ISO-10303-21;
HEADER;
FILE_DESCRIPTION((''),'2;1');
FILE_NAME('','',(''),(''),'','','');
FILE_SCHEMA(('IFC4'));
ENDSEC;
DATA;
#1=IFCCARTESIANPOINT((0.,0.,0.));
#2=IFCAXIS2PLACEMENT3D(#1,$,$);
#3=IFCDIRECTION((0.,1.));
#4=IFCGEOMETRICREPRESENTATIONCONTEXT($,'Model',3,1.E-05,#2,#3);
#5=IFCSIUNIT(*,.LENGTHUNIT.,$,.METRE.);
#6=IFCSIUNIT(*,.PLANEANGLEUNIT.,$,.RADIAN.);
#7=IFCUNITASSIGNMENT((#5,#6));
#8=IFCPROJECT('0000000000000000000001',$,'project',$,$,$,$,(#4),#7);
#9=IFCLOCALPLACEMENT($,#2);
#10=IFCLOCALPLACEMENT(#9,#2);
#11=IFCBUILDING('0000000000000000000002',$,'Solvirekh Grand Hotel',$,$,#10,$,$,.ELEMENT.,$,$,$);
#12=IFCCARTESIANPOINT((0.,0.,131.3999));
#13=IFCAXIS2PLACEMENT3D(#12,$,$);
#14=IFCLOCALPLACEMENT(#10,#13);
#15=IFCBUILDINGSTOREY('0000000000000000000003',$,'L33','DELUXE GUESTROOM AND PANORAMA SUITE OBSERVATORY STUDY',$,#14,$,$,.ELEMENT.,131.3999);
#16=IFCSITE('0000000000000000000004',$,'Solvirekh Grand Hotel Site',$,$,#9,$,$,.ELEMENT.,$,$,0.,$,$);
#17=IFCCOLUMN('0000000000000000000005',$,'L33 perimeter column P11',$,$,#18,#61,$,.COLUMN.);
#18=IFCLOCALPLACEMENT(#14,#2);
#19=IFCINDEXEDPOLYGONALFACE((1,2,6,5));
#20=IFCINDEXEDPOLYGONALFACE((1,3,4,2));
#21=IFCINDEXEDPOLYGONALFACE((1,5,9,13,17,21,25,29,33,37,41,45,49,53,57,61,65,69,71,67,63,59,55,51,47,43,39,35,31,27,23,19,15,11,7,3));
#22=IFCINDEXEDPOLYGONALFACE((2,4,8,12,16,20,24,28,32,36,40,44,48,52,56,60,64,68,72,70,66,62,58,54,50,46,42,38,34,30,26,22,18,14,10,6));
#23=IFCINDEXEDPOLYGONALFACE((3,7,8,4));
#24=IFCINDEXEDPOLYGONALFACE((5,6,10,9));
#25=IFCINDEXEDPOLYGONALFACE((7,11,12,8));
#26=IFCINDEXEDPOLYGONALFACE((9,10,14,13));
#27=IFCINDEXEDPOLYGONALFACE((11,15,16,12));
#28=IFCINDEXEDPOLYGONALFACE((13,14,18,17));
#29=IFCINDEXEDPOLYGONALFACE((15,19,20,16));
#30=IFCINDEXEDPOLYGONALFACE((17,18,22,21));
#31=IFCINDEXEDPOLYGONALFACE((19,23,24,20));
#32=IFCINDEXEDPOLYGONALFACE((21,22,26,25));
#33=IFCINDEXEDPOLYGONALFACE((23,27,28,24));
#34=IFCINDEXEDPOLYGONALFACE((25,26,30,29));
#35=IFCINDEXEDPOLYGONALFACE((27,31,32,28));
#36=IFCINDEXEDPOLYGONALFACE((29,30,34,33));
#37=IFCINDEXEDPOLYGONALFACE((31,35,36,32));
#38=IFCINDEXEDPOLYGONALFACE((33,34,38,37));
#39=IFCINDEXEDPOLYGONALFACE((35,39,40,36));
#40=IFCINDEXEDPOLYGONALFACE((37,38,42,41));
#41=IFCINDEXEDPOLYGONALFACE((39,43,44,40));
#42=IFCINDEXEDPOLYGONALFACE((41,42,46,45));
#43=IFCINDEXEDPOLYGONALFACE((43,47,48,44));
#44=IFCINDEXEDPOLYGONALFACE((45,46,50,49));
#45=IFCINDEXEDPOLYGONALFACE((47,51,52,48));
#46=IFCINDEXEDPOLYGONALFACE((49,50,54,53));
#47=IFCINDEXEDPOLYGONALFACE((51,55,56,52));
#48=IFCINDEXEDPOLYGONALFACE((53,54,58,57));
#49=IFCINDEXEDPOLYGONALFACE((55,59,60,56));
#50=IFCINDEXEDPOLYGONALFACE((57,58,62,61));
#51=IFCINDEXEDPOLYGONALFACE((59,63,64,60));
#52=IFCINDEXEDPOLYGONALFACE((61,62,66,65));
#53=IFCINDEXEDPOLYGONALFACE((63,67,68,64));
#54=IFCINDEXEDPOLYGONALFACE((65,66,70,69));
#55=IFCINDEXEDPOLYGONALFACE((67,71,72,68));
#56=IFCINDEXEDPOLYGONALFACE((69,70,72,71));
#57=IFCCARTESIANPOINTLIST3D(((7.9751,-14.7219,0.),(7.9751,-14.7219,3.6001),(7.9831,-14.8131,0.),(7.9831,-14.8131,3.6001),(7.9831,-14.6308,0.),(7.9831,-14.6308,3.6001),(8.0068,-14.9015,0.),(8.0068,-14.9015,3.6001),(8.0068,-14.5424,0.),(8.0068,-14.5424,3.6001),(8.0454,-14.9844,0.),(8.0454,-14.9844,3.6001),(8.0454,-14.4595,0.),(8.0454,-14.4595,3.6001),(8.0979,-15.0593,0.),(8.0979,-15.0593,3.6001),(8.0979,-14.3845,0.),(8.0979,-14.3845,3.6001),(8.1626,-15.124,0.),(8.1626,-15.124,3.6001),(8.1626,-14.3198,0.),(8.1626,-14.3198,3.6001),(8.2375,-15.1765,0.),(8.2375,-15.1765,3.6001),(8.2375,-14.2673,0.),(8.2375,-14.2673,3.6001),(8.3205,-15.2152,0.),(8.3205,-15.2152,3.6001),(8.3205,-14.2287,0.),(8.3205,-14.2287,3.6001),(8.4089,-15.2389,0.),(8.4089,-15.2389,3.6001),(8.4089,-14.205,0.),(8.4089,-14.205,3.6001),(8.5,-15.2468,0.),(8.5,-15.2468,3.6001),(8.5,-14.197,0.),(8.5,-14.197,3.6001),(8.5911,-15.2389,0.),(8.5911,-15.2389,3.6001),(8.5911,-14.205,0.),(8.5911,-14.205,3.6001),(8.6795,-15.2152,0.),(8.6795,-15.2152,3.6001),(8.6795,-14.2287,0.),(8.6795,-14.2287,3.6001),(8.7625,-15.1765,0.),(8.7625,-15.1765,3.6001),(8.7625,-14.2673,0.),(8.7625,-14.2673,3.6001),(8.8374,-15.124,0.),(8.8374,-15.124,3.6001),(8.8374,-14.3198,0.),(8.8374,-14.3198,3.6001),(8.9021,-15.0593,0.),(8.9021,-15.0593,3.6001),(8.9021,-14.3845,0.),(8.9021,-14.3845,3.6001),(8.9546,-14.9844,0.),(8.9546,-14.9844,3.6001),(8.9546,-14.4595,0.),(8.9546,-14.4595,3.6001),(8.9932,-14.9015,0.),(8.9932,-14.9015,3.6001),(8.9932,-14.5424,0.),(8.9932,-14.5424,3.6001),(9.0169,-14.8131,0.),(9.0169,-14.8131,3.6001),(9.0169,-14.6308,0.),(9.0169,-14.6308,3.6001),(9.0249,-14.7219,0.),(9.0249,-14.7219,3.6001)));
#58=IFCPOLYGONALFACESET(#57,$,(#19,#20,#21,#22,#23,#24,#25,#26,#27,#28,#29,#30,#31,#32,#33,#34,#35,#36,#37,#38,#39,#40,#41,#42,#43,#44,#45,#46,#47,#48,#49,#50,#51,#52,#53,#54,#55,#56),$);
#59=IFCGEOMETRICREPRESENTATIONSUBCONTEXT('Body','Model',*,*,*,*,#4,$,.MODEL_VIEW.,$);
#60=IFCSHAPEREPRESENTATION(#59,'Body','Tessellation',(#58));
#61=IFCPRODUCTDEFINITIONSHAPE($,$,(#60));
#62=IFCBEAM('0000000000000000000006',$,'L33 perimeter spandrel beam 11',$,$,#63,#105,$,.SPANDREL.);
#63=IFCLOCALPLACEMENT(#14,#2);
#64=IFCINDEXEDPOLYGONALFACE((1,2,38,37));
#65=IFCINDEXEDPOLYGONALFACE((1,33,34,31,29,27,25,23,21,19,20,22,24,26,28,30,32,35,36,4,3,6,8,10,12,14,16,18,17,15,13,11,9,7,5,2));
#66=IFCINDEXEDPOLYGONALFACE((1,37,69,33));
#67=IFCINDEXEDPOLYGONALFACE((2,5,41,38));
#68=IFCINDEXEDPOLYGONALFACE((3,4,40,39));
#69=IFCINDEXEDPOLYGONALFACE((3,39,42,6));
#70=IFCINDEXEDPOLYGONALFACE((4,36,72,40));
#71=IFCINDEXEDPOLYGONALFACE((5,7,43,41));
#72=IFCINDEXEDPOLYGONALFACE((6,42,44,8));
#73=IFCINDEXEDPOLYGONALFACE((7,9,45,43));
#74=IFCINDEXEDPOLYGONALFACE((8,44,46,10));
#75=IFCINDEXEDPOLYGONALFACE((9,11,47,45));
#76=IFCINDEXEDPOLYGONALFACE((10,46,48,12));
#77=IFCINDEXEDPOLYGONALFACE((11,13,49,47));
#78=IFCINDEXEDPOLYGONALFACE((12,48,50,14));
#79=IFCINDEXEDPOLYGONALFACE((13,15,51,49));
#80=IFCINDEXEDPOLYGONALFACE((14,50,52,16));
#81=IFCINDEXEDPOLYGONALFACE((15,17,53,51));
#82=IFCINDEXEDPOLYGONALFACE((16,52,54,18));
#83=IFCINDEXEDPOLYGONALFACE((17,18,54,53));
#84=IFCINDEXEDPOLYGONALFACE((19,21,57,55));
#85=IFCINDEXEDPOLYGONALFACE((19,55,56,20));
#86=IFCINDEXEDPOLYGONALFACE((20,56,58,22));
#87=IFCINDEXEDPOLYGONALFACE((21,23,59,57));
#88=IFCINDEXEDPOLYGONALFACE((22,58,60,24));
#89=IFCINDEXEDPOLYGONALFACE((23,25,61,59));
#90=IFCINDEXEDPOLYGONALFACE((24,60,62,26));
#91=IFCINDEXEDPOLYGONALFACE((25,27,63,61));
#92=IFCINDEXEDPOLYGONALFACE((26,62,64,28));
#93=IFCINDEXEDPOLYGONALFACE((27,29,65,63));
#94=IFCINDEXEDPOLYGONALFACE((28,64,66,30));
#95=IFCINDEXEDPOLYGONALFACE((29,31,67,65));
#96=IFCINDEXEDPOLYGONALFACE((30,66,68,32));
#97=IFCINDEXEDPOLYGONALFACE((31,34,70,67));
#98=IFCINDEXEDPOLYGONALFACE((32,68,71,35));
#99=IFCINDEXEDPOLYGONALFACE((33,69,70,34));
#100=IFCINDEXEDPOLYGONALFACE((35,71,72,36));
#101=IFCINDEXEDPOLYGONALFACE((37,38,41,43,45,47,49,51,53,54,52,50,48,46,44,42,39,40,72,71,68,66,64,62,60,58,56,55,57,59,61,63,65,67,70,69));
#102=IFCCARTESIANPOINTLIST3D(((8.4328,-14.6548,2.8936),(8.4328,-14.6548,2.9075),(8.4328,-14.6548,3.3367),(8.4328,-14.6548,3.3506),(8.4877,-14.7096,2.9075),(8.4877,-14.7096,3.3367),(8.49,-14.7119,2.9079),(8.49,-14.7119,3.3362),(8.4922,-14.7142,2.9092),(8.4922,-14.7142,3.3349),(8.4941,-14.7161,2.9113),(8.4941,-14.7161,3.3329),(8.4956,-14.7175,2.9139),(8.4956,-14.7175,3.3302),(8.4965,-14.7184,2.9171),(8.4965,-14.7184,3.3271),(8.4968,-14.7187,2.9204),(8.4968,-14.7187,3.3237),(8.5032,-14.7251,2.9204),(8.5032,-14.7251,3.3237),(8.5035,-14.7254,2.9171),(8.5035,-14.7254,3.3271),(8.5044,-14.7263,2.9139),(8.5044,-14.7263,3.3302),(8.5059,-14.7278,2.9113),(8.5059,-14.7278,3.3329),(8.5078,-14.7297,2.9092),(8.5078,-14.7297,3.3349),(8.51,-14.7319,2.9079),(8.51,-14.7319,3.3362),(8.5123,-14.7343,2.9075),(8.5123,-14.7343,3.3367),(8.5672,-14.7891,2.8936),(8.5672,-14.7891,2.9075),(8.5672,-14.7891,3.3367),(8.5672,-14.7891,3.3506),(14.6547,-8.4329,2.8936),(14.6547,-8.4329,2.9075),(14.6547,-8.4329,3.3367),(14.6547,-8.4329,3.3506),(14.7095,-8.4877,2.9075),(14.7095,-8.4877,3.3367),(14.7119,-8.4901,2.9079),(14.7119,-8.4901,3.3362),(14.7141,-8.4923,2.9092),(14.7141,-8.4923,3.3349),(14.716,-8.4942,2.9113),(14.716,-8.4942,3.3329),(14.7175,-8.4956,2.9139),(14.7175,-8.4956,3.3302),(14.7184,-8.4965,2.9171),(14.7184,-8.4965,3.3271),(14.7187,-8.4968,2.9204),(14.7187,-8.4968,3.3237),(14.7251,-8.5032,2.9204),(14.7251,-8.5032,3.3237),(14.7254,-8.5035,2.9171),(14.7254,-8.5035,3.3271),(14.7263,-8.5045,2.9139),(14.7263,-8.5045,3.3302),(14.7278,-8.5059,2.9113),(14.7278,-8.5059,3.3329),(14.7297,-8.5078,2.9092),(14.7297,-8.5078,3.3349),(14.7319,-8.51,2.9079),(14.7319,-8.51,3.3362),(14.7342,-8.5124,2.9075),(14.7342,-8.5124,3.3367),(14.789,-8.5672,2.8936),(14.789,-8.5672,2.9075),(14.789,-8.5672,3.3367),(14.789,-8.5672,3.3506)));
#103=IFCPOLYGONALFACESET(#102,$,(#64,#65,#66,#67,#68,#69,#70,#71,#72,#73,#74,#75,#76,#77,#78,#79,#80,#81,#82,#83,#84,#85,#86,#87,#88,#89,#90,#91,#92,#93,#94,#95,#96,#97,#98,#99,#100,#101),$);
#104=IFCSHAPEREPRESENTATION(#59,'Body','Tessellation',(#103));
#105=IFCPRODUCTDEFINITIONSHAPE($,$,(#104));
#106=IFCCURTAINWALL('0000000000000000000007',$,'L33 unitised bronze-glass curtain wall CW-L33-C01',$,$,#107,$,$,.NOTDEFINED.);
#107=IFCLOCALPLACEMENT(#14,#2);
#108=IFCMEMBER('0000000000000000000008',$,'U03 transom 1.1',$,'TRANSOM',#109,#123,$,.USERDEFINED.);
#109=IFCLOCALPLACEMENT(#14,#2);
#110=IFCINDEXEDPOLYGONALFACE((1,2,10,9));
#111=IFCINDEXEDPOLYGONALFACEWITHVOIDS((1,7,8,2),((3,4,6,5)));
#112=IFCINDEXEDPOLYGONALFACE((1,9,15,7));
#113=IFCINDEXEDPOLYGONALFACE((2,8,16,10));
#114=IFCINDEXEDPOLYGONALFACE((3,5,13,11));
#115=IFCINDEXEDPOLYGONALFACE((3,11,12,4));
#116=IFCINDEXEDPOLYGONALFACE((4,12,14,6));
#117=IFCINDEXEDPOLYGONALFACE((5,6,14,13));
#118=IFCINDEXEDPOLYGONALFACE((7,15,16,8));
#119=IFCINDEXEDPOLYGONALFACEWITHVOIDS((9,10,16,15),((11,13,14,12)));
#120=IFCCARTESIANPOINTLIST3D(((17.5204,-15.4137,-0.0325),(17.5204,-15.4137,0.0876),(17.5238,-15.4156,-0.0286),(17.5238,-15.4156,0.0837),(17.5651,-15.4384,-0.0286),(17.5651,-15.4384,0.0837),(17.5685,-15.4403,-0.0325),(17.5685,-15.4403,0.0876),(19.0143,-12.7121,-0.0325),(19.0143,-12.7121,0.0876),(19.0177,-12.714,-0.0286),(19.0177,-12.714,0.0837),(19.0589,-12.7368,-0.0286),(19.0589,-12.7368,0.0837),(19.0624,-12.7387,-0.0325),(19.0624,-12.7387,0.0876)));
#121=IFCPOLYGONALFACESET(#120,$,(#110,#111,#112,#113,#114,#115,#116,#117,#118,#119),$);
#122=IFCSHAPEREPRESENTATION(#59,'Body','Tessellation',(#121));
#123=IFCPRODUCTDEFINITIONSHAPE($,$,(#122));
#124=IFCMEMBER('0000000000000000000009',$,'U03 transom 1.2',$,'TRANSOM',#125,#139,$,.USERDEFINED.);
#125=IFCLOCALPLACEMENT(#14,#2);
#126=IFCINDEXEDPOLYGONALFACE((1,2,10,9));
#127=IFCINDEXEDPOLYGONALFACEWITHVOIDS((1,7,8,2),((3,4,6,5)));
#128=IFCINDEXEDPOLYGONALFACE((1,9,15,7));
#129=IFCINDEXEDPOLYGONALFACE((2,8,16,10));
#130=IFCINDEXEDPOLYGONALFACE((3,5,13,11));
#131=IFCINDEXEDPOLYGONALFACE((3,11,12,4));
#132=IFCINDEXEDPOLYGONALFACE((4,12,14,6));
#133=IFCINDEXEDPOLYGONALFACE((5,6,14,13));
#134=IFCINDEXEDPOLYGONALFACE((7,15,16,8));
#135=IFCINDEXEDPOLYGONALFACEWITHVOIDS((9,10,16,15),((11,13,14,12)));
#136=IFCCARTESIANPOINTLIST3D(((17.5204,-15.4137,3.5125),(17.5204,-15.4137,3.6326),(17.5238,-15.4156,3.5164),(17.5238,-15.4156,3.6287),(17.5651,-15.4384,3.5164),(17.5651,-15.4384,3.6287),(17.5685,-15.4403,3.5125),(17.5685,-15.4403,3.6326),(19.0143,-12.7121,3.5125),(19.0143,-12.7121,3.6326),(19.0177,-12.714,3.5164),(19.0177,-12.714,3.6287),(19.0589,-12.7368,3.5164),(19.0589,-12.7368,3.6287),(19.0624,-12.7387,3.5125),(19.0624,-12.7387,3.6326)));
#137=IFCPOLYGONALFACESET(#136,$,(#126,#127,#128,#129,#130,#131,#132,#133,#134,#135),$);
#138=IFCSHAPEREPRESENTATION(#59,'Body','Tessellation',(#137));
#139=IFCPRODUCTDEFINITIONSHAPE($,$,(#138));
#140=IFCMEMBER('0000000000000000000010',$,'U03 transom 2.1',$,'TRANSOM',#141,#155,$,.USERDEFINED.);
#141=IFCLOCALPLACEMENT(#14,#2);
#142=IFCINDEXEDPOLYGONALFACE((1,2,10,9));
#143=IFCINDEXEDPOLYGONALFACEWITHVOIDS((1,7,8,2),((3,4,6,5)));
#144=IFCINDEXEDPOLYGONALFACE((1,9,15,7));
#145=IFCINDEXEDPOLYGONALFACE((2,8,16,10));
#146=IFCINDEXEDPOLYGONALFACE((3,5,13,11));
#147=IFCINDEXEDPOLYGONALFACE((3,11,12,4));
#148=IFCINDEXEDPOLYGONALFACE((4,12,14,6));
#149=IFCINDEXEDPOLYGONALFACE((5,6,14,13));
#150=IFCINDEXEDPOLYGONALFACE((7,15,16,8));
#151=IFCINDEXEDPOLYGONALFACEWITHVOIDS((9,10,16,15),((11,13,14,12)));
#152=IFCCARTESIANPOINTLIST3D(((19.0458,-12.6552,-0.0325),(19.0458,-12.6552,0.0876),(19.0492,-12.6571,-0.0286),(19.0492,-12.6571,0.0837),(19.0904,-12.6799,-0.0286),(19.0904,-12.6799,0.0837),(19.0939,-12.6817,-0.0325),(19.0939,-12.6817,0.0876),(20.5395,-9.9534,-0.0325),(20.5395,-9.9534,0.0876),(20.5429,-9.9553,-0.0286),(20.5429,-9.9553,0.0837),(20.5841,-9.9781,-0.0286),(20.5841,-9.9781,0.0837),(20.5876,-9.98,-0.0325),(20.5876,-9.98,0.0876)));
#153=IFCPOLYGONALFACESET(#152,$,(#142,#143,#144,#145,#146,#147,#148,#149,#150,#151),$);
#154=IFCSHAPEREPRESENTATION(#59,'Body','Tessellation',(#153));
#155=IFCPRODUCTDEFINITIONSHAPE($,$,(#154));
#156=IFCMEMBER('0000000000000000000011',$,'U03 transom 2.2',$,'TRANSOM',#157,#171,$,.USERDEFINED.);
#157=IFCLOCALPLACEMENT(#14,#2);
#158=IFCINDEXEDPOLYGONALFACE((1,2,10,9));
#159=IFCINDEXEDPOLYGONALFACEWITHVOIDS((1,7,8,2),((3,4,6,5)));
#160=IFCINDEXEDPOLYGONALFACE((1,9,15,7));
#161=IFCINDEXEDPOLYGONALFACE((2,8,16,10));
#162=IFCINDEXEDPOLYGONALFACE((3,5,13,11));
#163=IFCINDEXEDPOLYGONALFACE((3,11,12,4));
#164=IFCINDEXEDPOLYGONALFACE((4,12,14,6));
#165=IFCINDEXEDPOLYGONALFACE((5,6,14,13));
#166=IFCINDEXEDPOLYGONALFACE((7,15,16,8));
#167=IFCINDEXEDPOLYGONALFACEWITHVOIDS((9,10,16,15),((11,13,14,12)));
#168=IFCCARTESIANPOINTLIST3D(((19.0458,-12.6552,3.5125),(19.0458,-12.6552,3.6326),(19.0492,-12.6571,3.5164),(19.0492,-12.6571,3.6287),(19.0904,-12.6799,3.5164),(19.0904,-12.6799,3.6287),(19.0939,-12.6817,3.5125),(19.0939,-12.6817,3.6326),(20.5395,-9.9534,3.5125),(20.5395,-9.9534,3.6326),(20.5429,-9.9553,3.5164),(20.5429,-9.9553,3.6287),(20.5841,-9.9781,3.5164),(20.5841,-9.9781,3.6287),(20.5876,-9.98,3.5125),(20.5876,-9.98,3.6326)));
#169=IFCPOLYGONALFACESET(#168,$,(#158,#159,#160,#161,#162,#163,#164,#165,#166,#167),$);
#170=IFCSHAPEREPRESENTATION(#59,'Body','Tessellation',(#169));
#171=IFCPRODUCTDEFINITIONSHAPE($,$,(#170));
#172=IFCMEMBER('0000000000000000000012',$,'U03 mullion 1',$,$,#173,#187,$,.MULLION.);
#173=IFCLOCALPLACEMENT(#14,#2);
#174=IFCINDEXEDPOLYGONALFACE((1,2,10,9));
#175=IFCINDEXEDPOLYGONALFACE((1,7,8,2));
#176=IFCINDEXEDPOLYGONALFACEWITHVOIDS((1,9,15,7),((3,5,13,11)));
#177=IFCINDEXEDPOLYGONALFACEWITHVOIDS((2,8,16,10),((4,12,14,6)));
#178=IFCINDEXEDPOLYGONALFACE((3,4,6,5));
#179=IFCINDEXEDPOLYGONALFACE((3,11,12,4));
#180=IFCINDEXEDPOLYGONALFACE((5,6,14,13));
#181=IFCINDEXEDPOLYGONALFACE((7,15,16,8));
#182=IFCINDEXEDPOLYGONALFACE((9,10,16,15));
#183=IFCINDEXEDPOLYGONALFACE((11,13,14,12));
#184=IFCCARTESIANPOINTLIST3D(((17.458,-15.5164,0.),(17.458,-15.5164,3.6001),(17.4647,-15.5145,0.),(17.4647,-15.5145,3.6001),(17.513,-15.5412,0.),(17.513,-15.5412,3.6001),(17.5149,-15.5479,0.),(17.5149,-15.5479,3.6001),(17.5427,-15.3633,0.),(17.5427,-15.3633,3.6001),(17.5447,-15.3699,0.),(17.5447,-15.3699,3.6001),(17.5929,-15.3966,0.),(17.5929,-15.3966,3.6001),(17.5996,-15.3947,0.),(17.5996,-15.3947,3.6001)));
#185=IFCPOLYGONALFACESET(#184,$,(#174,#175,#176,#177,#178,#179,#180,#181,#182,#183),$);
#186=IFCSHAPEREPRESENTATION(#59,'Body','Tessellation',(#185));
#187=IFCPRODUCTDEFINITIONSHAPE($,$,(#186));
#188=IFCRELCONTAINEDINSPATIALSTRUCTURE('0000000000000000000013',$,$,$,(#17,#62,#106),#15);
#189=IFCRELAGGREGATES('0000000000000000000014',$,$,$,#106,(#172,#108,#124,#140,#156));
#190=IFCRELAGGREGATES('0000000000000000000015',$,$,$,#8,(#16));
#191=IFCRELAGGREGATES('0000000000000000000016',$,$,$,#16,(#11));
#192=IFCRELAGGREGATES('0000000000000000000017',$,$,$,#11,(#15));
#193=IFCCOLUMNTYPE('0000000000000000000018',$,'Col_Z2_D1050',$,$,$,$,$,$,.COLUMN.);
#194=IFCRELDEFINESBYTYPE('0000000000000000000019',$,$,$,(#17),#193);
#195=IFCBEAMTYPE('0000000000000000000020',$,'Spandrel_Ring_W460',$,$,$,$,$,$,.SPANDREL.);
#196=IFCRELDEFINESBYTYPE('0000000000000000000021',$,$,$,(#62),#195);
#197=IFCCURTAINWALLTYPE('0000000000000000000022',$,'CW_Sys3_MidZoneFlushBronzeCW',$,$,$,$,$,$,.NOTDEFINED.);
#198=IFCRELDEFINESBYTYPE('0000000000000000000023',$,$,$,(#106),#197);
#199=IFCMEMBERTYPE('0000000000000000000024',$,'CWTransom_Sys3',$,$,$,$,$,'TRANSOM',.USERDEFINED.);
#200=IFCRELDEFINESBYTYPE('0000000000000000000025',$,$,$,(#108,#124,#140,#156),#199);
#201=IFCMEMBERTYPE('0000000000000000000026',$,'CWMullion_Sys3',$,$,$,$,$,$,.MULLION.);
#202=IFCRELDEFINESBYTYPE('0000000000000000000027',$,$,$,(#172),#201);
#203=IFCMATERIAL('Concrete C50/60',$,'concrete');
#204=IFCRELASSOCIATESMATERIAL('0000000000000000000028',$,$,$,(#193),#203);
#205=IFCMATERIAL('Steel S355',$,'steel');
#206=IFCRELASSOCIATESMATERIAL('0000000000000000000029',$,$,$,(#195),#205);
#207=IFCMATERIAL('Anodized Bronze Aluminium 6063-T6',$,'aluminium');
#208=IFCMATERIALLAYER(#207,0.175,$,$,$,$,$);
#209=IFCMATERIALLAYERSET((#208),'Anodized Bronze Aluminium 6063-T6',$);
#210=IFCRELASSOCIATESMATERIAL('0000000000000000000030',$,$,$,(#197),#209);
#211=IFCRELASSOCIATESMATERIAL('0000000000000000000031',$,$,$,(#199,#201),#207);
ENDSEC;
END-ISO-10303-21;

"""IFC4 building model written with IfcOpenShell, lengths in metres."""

from ifc_helpers import new_model, si_unit, direction, frame, origin, origin_2d, place, context, subcontext, project, spatial, hollow_rectangle, circle, i_section, extrude, source, transform, mapped, material, layer, layer_set, material_profile, profile_set, type_object, element, aggregate, save


model = new_model("IFC4")

# Units and contexts
model_context = context("Model", 3, precision=1e-05, world=origin(), true_north=direction((0.0, 1.0)))
body_context = subcontext(model_context, "Body", "Model", "MODEL_VIEW")
ifc_project = project(units=[si_unit("LENGTHUNIT", "METRE"), si_unit("PLANEANGLEUNIT", "RADIAN")], contexts=[model_context])

# Site, building, storey
site_placement = place(None, origin())
site = spatial("IfcSite", under=ifc_project, at=site_placement, Name="Solvirekh Grand Hotel Site", CompositionType="ELEMENT", RefElevation=0.0)
building_placement = place(site_placement, origin())
building = spatial("IfcBuilding", under=site, at=building_placement, Name="Solvirekh Grand Hotel", CompositionType="ELEMENT")
storey_placement = place(building_placement, frame((0.0, 0.0, 131.3999)))
storey = spatial("IfcBuildingStorey", under=building, at=storey_placement, Name="L33", Description="DELUXE GUESTROOM AND PANORAMA SUITE OBSERVATORY STUDY", CompositionType="ELEMENT", Elevation=131.3999)

# Column
ifc_material_1 = material(Name="Concrete C50/60", Category="concrete")
ifc_material_profile_1 = material_profile(ifc_material_1, circle(Radius=0.5249, at=origin_2d()), Name="RC CIRC D1050")
ifc_profile_set_1 = profile_set([ifc_material_profile_1], Name="Concrete C50/60")
column_type = type_object("IfcColumnType", Name="Col_Z2_D1050", PredefinedType="COLUMN", material=ifc_profile_set_1)
column_placement = place(storey_placement, frame((8.5, -14.7219, 0.0), z_axis=(0.0, 0.0, 1.0), x_axis=(1.0, 0.0, 0.0)))
element("IfcColumn", 1, at=column_placement, inside=storey, type_object=column_type, Name="L33 perimeter column P11", PredefinedType="COLUMN", context=body_context, shape_type="SweptSolid", body=[
    extrude(circle(Radius=0.5249, at=origin_2d()), origin(), (0.0, 0.0, 1.0), 3.6001),
])

# Beam
ifc_material_2 = material(Name="Steel S355", Category="steel")
ifc_material_profile_2 = material_profile(ifc_material_2, i_section(OverallWidth=0.1899, OverallDepth=0.457, WebThickness=0.009, FlangeThickness=0.0139, FilletRadius=0.0129, at=origin_2d()), Name="W460X74")
ifc_profile_set_2 = profile_set([ifc_material_profile_2], Name="Steel S355")
beam_type = type_object("IfcBeamType", Name="Spandrel_Ring_W460", PredefinedType="SPANDREL", material=ifc_profile_set_2)
beam_placement = place(storey_placement, frame((8.5, -14.7219, 3.1221), z_axis=(0.707107, 0.707107, 0.0), x_axis=(-0.707107, 0.707107, 0.0)))
element("IfcBeam", 2, at=beam_placement, inside=storey, type_object=beam_type, Name="L33 perimeter spandrel beam 11", PredefinedType="SPANDREL", context=body_context, shape_type="SweptSolid", body=[
    extrude(i_section(OverallWidth=0.1899, OverallDepth=0.457, WebThickness=0.009, FlangeThickness=0.0139, FilletRadius=0.0129, at=origin_2d()), origin(), (0.0, 0.0, 1.0), 8.7991),
])

# Curtain wall, members
ifc_material_3 = material(Name="Anodized Bronze Aluminium 6063-T6", Category="aluminium")
ifc_layer_1 = layer(ifc_material_3, 0.175)
ifc_layer_set_1 = layer_set([ifc_layer_1], Name="Anodized Bronze Aluminium 6063-T6")
curtain_wall_type = type_object("IfcCurtainWallType", Name="CW_Sys3_MidZoneFlushBronzeCW", PredefinedType="NOTDEFINED", material=ifc_layer_set_1)
curtain_wall_placement = place(storey_placement, origin())
curtain_wall = element("IfcCurtainWall", 3, at=curtain_wall_placement, inside=storey, type_object=curtain_wall_type, Name="L33 unitised bronze-glass curtain wall CW-L33-C01", PredefinedType="NOTDEFINED")
ifc_material_profile_3 = material_profile(ifc_material_3, hollow_rectangle(XDim=0.0549, YDim=0.1201, WallThickness=0.0039, at=origin_2d()), Name="ALU RHS 120X55X4")
ifc_profile_set_3 = profile_set([ifc_material_profile_3], Name="Anodized Bronze Aluminium 6063-T6")
member_type_1 = type_object("IfcMemberType", Name="CWTransom_Sys3", ElementType="TRANSOM", PredefinedType="USERDEFINED", material=ifc_profile_set_3)
shared_shape_1 = source(origin(), body_context, "Body", "SweptSolid", [
    extrude(hollow_rectangle(XDim=0.0549, YDim=0.1201, WallThickness=0.0039, at=origin_2d()), origin(), (0.0, 0.0, 1.0), 3.0872),
])
member_1_placement = place(storey_placement, frame((17.5444, -15.427, 0.0276), z_axis=(0.483903, 0.875122, 0.0), x_axis=(-0.875122, 0.483903, 0.0)))
member_1 = element("IfcMember", 4, at=member_1_placement, type_object=member_type_1, Name="U03 transom 1.1", ObjectType="TRANSOM", PredefinedType="USERDEFINED", context=body_context, shape_type="MappedRepresentation", body=[
    mapped(shared_shape_1, transform((0.0, 0.0, 0.0), x_axis=(1.0, 0.0, 0.0), y_axis=(0.0, 1.0, 0.0), z_axis=(0.0, 0.0, 1.0), scale=1.0)),
])
member_2_placement = place(storey_placement, frame((17.5444, -15.427, 3.5725), z_axis=(0.483903, 0.875122, 0.0), x_axis=(-0.875122, 0.483903, 0.0)))
member_2 = element("IfcMember", 5, at=member_2_placement, type_object=member_type_1, Name="U03 transom 1.2", ObjectType="TRANSOM", PredefinedType="USERDEFINED", context=body_context, shape_type="MappedRepresentation", body=[
    mapped(shared_shape_1, transform((0.0, 0.0, 0.0), x_axis=(1.0, 0.0, 0.0), y_axis=(0.0, 1.0, 0.0), z_axis=(0.0, 0.0, 1.0), scale=1.0)),
])
member_3_placement = place(storey_placement, frame((19.0698, -12.6685, 0.0276), z_axis=(0.483842, 0.875155, 0.0), x_axis=(-0.875155, 0.483842, 0.0)))
member_3 = element("IfcMember", 6, at=member_3_placement, type_object=member_type_1, Name="U03 transom 2.1", ObjectType="TRANSOM", PredefinedType="USERDEFINED", context=body_context, shape_type="MappedRepresentation", body=[
    mapped(shared_shape_1, transform((0.0, 0.0, 0.0), x_axis=(1.0, 0.0, 0.0), y_axis=(0.0, 1.0, 0.0), z_axis=(0.0, 0.0, 1.0), scale=1.0)),
])
member_4_placement = place(storey_placement, frame((19.0698, -12.6685, 3.5725), z_axis=(0.483842, 0.875155, 0.0), x_axis=(-0.875155, 0.483842, 0.0)))
member_4 = element("IfcMember", 7, at=member_4_placement, type_object=member_type_1, Name="U03 transom 2.2", ObjectType="TRANSOM", PredefinedType="USERDEFINED", context=body_context, shape_type="MappedRepresentation", body=[
    mapped(shared_shape_1, transform((0.0, 0.0, 0.0), x_axis=(1.0, 0.0, 0.0), y_axis=(0.0, 1.0, 0.0), z_axis=(0.0, 0.0, 1.0), scale=1.0)),
])
ifc_material_profile_4 = material_profile(ifc_material_3, hollow_rectangle(XDim=0.0649, YDim=0.175, WallThickness=0.0049, at=origin_2d()), Name="ALU RHS 175X65X5")
ifc_profile_set_4 = profile_set([ifc_material_profile_4], Name="Anodized Bronze Aluminium 6063-T6")
member_type_2 = type_object("IfcMemberType", Name="CWMullion_Sys3", PredefinedType="MULLION", material=ifc_profile_set_4)
shared_shape_2 = source(origin(), body_context, "Body", "SweptSolid", [
    extrude(hollow_rectangle(XDim=0.0649, YDim=0.175, WallThickness=0.0049, at=origin_2d()), origin(), (0.0, 0.0, 1.0), 3.6001),
])
member_5_placement = place(storey_placement, frame((17.5288, -15.4556, 0.0), z_axis=(0.0, 0.0, 1.0), x_axis=(-0.875133, 0.483882, 0.0)))
member_5 = element("IfcMember", 8, at=member_5_placement, type_object=member_type_2, Name="U03 mullion 1", PredefinedType="MULLION", context=body_context, shape_type="MappedRepresentation", body=[
    mapped(shared_shape_2, transform((0.0, 0.0, 0.0), x_axis=(1.0, 0.0, 0.0), y_axis=(0.0, 1.0, 0.0), z_axis=(0.0, 0.0, 1.0), scale=1.0)),
])
aggregate(curtain_wall, [member_5, member_1, member_2, member_3, member_4])

save(model, "model.ifc")
